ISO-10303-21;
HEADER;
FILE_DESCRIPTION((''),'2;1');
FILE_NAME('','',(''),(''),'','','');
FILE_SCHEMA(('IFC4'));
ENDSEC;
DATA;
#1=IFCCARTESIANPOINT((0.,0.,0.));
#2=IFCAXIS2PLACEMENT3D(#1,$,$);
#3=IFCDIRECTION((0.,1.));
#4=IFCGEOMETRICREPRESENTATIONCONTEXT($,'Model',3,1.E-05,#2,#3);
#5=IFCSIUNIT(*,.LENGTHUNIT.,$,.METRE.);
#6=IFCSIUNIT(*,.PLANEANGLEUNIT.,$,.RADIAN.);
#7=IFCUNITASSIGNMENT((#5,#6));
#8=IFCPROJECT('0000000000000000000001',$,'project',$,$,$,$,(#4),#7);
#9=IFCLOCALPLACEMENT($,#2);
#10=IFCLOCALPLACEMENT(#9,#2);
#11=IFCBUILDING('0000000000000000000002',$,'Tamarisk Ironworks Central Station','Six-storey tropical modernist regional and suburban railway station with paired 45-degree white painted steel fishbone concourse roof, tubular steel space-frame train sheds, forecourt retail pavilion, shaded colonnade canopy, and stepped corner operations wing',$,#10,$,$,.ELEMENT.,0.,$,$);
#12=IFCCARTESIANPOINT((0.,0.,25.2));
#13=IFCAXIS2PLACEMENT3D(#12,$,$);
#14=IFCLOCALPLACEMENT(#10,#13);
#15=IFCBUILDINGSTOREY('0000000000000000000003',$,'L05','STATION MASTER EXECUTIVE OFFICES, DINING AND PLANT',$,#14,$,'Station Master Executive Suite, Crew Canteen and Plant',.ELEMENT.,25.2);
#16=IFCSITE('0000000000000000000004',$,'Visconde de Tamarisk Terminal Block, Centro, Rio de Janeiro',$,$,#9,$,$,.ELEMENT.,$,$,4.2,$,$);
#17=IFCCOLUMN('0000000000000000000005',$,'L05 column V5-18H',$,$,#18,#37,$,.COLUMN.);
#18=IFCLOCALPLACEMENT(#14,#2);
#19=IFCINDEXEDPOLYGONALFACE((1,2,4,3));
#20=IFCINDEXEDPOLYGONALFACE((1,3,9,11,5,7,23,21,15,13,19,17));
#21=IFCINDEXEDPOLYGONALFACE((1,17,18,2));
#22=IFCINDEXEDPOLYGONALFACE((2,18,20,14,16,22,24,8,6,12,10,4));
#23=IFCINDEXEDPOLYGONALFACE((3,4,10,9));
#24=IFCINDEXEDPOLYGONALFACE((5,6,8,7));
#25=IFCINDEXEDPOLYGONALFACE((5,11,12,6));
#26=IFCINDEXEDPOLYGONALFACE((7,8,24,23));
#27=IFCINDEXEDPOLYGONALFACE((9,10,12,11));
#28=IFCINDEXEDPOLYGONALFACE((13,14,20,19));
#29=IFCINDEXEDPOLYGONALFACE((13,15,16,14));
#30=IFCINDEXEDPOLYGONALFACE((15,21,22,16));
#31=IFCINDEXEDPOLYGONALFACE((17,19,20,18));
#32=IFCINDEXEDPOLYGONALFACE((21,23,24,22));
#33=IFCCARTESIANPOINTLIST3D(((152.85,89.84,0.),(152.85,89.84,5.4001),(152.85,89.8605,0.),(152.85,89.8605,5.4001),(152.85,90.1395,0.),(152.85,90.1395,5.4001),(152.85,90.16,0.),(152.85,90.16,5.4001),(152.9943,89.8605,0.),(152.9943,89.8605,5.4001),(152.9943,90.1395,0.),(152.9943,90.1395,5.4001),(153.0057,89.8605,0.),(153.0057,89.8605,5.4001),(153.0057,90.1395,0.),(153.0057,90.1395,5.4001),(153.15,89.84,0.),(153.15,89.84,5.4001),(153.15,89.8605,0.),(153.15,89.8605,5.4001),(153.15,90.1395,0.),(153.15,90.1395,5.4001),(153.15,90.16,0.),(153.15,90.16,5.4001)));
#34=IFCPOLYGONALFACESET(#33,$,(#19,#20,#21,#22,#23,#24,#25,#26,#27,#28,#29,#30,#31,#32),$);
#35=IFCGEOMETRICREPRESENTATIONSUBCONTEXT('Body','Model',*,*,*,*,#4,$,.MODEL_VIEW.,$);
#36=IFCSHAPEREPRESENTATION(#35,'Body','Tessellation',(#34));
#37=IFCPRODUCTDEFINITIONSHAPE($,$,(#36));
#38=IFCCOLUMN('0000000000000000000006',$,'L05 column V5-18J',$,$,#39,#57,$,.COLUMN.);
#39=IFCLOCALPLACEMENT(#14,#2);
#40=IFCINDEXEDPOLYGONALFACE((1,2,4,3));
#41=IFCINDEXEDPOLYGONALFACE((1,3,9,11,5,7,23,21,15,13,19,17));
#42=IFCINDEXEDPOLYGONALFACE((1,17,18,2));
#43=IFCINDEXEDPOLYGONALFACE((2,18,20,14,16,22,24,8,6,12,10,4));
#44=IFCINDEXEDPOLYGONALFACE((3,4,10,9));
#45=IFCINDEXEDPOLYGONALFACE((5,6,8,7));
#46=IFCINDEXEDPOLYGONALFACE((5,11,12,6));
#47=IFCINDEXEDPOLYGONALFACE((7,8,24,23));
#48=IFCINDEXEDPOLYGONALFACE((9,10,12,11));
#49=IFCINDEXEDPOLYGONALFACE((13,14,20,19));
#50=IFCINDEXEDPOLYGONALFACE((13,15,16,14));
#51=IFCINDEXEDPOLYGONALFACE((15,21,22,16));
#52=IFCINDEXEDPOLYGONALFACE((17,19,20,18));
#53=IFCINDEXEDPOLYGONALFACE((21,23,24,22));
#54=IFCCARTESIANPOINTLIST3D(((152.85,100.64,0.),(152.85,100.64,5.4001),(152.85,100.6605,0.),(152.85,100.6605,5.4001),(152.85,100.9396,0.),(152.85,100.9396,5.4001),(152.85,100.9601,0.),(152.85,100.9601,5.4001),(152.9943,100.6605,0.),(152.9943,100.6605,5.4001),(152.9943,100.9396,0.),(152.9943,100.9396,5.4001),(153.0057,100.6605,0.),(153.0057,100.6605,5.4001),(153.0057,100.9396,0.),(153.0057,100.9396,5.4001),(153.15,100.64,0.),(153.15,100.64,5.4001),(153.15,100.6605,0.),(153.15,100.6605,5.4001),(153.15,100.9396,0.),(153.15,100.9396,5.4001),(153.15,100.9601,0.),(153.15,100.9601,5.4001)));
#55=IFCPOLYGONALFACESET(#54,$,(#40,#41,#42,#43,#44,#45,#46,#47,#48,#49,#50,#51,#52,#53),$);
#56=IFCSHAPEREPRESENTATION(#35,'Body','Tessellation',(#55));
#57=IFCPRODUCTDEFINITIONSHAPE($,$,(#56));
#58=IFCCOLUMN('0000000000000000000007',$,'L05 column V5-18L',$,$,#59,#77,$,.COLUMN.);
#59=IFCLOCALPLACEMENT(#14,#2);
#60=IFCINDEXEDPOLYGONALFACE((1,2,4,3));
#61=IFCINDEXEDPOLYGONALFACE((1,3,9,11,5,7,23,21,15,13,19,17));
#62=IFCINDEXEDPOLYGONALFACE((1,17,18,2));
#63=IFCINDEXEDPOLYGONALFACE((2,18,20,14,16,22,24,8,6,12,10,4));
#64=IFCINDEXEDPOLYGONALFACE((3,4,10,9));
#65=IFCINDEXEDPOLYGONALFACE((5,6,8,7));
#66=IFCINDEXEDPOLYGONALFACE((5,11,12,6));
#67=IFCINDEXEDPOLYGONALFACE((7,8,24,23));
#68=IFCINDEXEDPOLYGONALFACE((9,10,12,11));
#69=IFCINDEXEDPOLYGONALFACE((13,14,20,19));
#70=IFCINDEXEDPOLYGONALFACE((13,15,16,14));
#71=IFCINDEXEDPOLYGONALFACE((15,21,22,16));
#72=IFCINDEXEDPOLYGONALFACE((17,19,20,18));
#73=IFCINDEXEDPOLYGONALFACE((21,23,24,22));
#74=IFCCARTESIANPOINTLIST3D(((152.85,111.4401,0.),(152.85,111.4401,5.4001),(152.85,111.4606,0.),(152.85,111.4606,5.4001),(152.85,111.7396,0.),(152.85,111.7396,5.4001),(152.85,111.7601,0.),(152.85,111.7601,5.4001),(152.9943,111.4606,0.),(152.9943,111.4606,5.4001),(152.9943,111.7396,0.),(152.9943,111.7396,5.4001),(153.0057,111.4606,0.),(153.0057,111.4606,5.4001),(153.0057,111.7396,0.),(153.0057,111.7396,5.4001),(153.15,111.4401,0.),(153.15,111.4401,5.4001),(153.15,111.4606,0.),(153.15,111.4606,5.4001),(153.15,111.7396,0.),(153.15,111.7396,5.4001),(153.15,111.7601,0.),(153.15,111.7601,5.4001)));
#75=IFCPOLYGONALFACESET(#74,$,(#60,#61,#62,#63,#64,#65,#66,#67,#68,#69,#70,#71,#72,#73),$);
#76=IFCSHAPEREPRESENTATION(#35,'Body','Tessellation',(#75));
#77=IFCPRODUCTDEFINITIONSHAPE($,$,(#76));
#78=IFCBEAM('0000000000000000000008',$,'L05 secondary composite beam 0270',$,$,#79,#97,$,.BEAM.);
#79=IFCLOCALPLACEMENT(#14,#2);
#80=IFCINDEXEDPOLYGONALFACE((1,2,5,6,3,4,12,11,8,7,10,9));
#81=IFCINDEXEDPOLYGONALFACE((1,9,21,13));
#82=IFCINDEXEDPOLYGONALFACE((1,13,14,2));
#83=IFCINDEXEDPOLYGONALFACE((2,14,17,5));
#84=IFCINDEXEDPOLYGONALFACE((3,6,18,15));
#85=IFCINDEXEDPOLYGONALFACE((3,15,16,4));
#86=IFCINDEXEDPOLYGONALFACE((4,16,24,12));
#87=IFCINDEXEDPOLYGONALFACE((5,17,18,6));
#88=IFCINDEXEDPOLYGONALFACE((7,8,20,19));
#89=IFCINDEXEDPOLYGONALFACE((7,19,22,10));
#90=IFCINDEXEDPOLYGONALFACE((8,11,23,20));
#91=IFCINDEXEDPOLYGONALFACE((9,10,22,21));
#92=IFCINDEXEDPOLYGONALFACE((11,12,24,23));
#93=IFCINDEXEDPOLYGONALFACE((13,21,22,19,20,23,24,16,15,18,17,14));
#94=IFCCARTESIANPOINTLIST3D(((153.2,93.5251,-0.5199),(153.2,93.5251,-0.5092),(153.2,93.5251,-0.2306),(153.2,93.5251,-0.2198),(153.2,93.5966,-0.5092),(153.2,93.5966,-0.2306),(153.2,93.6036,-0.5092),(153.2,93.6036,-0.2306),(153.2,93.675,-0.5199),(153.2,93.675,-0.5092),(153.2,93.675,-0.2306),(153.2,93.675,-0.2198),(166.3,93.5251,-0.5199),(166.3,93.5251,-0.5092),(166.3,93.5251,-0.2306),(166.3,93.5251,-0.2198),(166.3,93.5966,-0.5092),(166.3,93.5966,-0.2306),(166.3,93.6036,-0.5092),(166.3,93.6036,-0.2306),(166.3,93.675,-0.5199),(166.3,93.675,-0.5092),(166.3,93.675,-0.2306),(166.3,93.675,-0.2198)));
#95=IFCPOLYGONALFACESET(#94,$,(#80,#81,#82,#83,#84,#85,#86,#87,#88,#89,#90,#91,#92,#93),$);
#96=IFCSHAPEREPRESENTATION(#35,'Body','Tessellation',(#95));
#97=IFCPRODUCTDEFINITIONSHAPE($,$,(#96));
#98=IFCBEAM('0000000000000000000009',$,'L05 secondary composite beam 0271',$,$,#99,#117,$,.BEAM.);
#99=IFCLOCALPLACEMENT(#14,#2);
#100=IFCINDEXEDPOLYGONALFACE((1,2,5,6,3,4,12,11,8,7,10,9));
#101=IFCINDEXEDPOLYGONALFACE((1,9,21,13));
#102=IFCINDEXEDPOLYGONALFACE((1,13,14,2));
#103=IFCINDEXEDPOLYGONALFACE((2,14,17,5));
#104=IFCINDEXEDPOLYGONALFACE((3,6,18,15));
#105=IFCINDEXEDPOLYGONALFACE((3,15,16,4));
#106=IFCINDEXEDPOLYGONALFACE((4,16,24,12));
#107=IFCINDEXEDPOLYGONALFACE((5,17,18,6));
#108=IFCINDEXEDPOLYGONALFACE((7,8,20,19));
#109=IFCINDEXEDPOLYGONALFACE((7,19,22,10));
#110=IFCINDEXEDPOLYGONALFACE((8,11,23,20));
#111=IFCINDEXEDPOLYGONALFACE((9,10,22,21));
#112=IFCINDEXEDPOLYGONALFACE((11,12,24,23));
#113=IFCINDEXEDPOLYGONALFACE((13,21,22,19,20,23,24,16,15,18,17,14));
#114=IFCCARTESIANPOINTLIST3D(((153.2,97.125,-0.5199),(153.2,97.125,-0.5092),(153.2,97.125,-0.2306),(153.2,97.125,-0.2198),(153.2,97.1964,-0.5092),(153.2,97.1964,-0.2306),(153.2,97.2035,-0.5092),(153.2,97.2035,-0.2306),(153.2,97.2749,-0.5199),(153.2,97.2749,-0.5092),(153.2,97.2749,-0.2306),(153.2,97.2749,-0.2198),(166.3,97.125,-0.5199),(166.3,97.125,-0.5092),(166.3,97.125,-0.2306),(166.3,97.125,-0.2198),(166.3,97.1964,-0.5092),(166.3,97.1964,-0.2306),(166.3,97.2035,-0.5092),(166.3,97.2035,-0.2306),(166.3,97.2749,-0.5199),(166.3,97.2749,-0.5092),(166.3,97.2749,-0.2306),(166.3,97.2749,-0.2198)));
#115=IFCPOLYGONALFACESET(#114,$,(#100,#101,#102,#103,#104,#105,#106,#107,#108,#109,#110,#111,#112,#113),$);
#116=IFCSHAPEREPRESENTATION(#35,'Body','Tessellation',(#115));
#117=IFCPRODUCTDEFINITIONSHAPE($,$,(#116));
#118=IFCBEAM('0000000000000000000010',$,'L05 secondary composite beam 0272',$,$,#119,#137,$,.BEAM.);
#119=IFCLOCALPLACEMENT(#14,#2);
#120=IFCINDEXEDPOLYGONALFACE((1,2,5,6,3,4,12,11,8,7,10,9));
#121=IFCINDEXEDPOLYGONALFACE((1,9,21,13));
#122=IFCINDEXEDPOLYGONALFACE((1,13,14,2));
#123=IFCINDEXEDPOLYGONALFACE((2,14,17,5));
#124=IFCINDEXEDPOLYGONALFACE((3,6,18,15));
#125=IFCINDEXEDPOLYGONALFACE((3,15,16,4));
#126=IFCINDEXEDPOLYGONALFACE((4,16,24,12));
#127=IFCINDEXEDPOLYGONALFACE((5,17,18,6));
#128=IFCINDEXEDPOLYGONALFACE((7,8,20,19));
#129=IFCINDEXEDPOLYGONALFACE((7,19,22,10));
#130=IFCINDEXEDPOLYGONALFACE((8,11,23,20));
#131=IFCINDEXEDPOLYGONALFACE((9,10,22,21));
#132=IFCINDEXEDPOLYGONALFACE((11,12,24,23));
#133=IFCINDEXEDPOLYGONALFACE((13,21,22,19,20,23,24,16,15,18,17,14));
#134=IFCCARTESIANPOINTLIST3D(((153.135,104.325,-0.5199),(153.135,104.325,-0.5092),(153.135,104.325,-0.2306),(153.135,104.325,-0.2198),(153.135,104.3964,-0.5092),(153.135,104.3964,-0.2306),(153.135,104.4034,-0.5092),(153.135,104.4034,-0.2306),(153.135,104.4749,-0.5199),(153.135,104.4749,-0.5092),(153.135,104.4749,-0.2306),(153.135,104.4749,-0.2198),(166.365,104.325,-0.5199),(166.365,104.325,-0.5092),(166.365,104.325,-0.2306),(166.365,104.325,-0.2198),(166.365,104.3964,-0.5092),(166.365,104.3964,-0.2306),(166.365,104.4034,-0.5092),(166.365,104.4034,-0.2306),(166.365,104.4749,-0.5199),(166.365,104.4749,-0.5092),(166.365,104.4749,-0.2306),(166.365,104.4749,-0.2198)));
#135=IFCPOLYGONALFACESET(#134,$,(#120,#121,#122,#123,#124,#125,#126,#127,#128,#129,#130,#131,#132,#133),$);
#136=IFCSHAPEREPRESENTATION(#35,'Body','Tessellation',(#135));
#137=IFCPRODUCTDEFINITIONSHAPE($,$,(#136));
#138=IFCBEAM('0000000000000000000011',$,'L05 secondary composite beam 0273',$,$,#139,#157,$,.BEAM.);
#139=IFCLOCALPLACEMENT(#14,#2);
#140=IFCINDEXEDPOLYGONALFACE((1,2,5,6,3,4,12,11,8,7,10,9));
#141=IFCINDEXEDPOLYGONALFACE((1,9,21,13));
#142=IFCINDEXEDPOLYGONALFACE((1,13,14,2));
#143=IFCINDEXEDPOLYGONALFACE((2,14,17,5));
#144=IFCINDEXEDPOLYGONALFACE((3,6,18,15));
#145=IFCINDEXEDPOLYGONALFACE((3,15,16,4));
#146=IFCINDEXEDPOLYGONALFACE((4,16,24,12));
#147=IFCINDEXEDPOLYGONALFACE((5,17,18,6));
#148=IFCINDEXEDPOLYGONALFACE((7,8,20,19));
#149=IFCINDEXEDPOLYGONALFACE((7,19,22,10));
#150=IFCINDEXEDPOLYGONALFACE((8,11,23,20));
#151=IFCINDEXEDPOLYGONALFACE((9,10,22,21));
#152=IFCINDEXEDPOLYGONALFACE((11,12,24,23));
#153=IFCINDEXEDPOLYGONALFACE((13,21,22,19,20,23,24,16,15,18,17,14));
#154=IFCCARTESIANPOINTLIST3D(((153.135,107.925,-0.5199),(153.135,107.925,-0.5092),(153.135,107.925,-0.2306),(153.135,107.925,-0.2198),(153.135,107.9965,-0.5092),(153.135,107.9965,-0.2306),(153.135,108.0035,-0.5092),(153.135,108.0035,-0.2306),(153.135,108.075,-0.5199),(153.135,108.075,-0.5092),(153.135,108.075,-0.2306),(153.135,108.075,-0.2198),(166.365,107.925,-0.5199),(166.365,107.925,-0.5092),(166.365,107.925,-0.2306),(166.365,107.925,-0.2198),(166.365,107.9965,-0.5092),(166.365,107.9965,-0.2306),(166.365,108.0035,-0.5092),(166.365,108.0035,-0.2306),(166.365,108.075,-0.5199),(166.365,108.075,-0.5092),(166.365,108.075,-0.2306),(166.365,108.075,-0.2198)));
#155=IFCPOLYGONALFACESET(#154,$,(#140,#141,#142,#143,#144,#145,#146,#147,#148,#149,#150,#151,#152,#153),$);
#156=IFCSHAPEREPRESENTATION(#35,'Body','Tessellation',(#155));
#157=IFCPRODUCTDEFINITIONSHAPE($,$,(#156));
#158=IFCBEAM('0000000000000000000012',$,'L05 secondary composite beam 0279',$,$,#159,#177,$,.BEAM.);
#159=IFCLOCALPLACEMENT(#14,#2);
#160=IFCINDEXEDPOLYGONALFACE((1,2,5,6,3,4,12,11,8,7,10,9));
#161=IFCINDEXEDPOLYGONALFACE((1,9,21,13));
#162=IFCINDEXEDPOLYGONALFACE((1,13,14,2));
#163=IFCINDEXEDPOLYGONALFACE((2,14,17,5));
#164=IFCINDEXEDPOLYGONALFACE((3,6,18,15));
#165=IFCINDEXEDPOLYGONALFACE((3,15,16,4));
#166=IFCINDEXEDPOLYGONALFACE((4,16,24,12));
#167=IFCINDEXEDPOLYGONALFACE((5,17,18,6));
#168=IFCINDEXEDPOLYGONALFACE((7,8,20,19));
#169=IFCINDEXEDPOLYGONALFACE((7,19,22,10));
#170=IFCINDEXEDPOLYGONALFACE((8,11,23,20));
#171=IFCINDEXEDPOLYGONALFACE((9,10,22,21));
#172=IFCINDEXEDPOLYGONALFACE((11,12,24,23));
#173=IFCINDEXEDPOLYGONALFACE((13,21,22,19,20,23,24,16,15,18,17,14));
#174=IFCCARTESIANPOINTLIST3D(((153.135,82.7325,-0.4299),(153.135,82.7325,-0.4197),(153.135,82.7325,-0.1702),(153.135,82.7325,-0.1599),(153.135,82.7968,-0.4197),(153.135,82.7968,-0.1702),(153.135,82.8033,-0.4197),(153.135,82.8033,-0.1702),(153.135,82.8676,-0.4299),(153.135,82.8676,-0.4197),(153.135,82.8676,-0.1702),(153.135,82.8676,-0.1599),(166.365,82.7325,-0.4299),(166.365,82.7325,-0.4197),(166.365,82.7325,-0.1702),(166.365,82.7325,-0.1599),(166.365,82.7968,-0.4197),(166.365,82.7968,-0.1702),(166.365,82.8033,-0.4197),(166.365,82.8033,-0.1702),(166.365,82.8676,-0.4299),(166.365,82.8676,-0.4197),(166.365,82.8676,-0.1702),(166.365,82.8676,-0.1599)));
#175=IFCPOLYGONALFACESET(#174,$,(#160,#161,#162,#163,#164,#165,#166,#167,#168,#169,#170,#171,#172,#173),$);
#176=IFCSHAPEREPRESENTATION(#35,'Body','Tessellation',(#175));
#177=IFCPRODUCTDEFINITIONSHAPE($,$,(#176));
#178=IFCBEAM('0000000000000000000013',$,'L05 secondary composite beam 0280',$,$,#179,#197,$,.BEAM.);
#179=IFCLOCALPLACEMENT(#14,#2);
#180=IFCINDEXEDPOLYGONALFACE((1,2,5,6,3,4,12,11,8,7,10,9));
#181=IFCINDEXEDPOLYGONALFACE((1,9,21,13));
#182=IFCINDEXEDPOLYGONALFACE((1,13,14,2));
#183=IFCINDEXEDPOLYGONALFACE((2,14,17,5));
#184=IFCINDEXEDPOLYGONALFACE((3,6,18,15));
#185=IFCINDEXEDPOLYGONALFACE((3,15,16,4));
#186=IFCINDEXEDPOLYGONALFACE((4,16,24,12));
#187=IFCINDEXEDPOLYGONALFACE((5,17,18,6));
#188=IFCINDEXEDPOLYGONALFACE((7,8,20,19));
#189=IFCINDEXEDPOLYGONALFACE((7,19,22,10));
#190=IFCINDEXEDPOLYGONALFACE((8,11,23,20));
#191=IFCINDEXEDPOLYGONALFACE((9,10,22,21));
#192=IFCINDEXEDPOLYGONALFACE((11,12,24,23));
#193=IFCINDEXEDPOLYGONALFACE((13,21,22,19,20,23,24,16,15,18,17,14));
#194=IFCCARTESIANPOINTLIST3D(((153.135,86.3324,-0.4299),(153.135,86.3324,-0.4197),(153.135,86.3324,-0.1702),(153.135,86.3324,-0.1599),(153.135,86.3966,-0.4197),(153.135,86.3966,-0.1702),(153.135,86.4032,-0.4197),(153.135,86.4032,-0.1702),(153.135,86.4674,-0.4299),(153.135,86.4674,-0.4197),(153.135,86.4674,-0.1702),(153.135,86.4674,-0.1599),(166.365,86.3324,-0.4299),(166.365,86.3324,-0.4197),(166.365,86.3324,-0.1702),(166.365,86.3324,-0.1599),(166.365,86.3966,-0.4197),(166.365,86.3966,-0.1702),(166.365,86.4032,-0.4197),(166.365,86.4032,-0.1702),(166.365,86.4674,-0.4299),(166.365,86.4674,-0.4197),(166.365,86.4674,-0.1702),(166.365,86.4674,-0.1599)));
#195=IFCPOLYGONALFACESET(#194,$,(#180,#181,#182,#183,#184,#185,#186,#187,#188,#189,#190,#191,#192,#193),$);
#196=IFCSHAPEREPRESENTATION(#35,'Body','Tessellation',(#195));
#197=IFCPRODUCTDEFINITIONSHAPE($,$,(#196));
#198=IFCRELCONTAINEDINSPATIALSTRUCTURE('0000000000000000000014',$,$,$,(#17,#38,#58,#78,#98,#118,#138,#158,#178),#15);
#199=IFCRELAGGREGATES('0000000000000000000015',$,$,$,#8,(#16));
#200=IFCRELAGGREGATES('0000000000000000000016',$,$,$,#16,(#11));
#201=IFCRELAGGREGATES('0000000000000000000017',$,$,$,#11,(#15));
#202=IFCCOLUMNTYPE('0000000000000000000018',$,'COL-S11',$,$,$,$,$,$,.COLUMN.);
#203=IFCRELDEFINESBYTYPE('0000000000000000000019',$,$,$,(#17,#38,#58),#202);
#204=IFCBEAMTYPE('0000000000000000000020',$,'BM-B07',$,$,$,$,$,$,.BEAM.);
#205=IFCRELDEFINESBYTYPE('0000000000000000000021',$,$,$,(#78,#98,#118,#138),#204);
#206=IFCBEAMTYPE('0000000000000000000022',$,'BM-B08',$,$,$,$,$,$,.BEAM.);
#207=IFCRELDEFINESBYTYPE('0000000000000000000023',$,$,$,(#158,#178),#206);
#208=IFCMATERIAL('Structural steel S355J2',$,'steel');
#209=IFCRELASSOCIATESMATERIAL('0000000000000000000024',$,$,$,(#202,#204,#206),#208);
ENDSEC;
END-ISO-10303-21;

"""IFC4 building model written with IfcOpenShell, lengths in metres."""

from ifc_helpers import new_model, si_unit, direction, frame, origin, origin_2d, place, context, subcontext, project, spatial, i_section, extrude, material, material_profile, profile_set, type_object, element, save


model = new_model("IFC4")

# Units and contexts
model_context = context("Model", 3, precision=1e-05, world=origin(), true_north=direction((0.0, 1.0)))
body_context = subcontext(model_context, "Body", "Model", "MODEL_VIEW")
ifc_project = project(units=[si_unit("LENGTHUNIT", "METRE"), si_unit("PLANEANGLEUNIT", "RADIAN")], contexts=[model_context])

# Site, building, storey
site_placement = place(None, origin())
site = spatial("IfcSite", under=ifc_project, at=site_placement, Name="Visconde de Tamarisk Terminal Block, Centro, Rio de Janeiro", CompositionType="ELEMENT", RefElevation=4.2)
building_placement = place(site_placement, origin())
building = spatial("IfcBuilding", under=site, at=building_placement, Name="Tamarisk Ironworks Central Station", Description="Six-storey tropical modernist regional and suburban railway station with paired 45-degree white painted steel fishbone concourse roof, tubular steel space-frame train sheds, forecourt retail pavilion, shaded colonnade canopy, and stepped corner operations wing", CompositionType="ELEMENT", ElevationOfRefHeight=0.0)
storey_placement = place(building_placement, frame((0.0, 0.0, 25.2)))
storey = spatial("IfcBuildingStorey", under=building, at=storey_placement, Name="L05", Description="STATION MASTER EXECUTIVE OFFICES, DINING AND PLANT", LongName="Station Master Executive Suite, Crew Canteen and Plant", CompositionType="ELEMENT", Elevation=25.2)

# Columns
ifc_material_1 = material(Name="Structural steel S355J2", Category="steel")
ifc_material_profile_1 = material_profile(ifc_material_1, i_section(OverallWidth=0.3, OverallDepth=0.3201, WebThickness=0.0115, FlangeThickness=0.0205, at=origin_2d()), Name="HEB 320")
ifc_profile_set_1 = profile_set([ifc_material_profile_1], Name="Structural steel S355J2")
column_type = type_object("IfcColumnType", Name="COL-S11", PredefinedType="COLUMN", material=ifc_profile_set_1)
for number, where, z_axis, x_axis, name in (
    (1, (153.0, 90.0, 0.0), (0.0, 0.0, 1.0), (1.0, 0.0, 0.0), "L05 column V5-18H"),
    (2, (153.0, 100.8, 0.0), (0.0, 0.0, 1.0), (1.0, 0.0, 0.0), "L05 column V5-18J"),
    (3, (153.0, 111.6001, 0.0), (0.0, 0.0, 1.0), (1.0, 0.0, 0.0), "L05 column V5-18L"),
):
    element("IfcColumn", number, at=place(storey_placement, frame(where, z_axis=z_axis, x_axis=x_axis)), inside=storey, type_object=column_type, Name=name, PredefinedType="COLUMN", context=body_context, shape_type="SweptSolid", body=[
        extrude(i_section(OverallWidth=0.3, OverallDepth=0.3201, WebThickness=0.0115, FlangeThickness=0.0205, at=origin_2d()), origin(), (0.0, 0.0, 1.0), 5.4001),
    ])

# Beams
ifc_material_profile_2 = material_profile(ifc_material_1, i_section(OverallWidth=0.1499, OverallDepth=0.3, WebThickness=0.0071, FlangeThickness=0.0107, at=origin_2d()), Name="IPE 300")
ifc_profile_set_2 = profile_set([ifc_material_profile_2], Name="Structural steel S355J2")
beam_type_1 = type_object("IfcBeamType", Name="BM-B07", PredefinedType="BEAM", material=ifc_profile_set_2)
for number, where, z_axis, x_axis, name in (
    (4, (153.2, 93.6001, -0.3699), (1.0, 0.0, 0.0), (0.0, 1.0, 0.0), "L05 secondary composite beam 0270"),
    (5, (153.2, 97.2, -0.3699), (1.0, 0.0, 0.0), (0.0, 1.0, 0.0), "L05 secondary composite beam 0271"),
):
    element("IfcBeam", number, at=place(storey_placement, frame(where, z_axis=z_axis, x_axis=x_axis)), inside=storey, type_object=beam_type_1, Name=name, PredefinedType="BEAM", context=body_context, shape_type="SweptSolid", body=[
        extrude(i_section(OverallWidth=0.1499, OverallDepth=0.3, WebThickness=0.0071, FlangeThickness=0.0107, at=origin_2d()), origin(), (0.0, 0.0, 1.0), 13.1001),
    ])
for number, where, z_axis, x_axis, name in (
    (6, (153.135, 104.3999, -0.3699), (1.0, 0.0, 0.0), (0.0, 1.0, 0.0), "L05 secondary composite beam 0272"),
    (7, (153.135, 108.0, -0.3699), (1.0, 0.0, 0.0), (0.0, 1.0, 0.0), "L05 secondary composite beam 0273"),
):
    element("IfcBeam", number, at=place(storey_placement, frame(where, z_axis=z_axis, x_axis=x_axis)), inside=storey, type_object=beam_type_1, Name=name, PredefinedType="BEAM", context=body_context, shape_type="SweptSolid", body=[
        extrude(i_section(OverallWidth=0.1499, OverallDepth=0.3, WebThickness=0.0071, FlangeThickness=0.0107, at=origin_2d()), origin(), (0.0, 0.0, 1.0), 13.23),
    ])
ifc_material_profile_3 = material_profile(ifc_material_1, i_section(OverallWidth=0.135, OverallDepth=0.27, WebThickness=0.0066, FlangeThickness=0.0103, at=origin_2d()), Name="IPE 270")
ifc_profile_set_3 = profile_set([ifc_material_profile_3], Name="Structural steel S355J2")
beam_type_2 = type_object("IfcBeamType", Name="BM-B08", PredefinedType="BEAM", material=ifc_profile_set_3)
for number, where, z_axis, x_axis, name in (
    (8, (153.135, 82.8, -0.2949), (1.0, 0.0, 0.0), (0.0, 1.0, 0.0), "L05 secondary composite beam 0279"),
    (9, (153.135, 86.3999, -0.2949), (1.0, 0.0, 0.0), (0.0, 1.0, 0.0), "L05 secondary composite beam 0280"),
):
    element("IfcBeam", number, at=place(storey_placement, frame(where, z_axis=z_axis, x_axis=x_axis)), inside=storey, type_object=beam_type_2, Name=name, PredefinedType="BEAM", context=body_context, shape_type="SweptSolid", body=[
        extrude(i_section(OverallWidth=0.135, OverallDepth=0.27, WebThickness=0.0066, FlangeThickness=0.0103, at=origin_2d()), origin(), (0.0, 0.0, 1.0), 13.23),
    ])

save(model, "model.ifc")
